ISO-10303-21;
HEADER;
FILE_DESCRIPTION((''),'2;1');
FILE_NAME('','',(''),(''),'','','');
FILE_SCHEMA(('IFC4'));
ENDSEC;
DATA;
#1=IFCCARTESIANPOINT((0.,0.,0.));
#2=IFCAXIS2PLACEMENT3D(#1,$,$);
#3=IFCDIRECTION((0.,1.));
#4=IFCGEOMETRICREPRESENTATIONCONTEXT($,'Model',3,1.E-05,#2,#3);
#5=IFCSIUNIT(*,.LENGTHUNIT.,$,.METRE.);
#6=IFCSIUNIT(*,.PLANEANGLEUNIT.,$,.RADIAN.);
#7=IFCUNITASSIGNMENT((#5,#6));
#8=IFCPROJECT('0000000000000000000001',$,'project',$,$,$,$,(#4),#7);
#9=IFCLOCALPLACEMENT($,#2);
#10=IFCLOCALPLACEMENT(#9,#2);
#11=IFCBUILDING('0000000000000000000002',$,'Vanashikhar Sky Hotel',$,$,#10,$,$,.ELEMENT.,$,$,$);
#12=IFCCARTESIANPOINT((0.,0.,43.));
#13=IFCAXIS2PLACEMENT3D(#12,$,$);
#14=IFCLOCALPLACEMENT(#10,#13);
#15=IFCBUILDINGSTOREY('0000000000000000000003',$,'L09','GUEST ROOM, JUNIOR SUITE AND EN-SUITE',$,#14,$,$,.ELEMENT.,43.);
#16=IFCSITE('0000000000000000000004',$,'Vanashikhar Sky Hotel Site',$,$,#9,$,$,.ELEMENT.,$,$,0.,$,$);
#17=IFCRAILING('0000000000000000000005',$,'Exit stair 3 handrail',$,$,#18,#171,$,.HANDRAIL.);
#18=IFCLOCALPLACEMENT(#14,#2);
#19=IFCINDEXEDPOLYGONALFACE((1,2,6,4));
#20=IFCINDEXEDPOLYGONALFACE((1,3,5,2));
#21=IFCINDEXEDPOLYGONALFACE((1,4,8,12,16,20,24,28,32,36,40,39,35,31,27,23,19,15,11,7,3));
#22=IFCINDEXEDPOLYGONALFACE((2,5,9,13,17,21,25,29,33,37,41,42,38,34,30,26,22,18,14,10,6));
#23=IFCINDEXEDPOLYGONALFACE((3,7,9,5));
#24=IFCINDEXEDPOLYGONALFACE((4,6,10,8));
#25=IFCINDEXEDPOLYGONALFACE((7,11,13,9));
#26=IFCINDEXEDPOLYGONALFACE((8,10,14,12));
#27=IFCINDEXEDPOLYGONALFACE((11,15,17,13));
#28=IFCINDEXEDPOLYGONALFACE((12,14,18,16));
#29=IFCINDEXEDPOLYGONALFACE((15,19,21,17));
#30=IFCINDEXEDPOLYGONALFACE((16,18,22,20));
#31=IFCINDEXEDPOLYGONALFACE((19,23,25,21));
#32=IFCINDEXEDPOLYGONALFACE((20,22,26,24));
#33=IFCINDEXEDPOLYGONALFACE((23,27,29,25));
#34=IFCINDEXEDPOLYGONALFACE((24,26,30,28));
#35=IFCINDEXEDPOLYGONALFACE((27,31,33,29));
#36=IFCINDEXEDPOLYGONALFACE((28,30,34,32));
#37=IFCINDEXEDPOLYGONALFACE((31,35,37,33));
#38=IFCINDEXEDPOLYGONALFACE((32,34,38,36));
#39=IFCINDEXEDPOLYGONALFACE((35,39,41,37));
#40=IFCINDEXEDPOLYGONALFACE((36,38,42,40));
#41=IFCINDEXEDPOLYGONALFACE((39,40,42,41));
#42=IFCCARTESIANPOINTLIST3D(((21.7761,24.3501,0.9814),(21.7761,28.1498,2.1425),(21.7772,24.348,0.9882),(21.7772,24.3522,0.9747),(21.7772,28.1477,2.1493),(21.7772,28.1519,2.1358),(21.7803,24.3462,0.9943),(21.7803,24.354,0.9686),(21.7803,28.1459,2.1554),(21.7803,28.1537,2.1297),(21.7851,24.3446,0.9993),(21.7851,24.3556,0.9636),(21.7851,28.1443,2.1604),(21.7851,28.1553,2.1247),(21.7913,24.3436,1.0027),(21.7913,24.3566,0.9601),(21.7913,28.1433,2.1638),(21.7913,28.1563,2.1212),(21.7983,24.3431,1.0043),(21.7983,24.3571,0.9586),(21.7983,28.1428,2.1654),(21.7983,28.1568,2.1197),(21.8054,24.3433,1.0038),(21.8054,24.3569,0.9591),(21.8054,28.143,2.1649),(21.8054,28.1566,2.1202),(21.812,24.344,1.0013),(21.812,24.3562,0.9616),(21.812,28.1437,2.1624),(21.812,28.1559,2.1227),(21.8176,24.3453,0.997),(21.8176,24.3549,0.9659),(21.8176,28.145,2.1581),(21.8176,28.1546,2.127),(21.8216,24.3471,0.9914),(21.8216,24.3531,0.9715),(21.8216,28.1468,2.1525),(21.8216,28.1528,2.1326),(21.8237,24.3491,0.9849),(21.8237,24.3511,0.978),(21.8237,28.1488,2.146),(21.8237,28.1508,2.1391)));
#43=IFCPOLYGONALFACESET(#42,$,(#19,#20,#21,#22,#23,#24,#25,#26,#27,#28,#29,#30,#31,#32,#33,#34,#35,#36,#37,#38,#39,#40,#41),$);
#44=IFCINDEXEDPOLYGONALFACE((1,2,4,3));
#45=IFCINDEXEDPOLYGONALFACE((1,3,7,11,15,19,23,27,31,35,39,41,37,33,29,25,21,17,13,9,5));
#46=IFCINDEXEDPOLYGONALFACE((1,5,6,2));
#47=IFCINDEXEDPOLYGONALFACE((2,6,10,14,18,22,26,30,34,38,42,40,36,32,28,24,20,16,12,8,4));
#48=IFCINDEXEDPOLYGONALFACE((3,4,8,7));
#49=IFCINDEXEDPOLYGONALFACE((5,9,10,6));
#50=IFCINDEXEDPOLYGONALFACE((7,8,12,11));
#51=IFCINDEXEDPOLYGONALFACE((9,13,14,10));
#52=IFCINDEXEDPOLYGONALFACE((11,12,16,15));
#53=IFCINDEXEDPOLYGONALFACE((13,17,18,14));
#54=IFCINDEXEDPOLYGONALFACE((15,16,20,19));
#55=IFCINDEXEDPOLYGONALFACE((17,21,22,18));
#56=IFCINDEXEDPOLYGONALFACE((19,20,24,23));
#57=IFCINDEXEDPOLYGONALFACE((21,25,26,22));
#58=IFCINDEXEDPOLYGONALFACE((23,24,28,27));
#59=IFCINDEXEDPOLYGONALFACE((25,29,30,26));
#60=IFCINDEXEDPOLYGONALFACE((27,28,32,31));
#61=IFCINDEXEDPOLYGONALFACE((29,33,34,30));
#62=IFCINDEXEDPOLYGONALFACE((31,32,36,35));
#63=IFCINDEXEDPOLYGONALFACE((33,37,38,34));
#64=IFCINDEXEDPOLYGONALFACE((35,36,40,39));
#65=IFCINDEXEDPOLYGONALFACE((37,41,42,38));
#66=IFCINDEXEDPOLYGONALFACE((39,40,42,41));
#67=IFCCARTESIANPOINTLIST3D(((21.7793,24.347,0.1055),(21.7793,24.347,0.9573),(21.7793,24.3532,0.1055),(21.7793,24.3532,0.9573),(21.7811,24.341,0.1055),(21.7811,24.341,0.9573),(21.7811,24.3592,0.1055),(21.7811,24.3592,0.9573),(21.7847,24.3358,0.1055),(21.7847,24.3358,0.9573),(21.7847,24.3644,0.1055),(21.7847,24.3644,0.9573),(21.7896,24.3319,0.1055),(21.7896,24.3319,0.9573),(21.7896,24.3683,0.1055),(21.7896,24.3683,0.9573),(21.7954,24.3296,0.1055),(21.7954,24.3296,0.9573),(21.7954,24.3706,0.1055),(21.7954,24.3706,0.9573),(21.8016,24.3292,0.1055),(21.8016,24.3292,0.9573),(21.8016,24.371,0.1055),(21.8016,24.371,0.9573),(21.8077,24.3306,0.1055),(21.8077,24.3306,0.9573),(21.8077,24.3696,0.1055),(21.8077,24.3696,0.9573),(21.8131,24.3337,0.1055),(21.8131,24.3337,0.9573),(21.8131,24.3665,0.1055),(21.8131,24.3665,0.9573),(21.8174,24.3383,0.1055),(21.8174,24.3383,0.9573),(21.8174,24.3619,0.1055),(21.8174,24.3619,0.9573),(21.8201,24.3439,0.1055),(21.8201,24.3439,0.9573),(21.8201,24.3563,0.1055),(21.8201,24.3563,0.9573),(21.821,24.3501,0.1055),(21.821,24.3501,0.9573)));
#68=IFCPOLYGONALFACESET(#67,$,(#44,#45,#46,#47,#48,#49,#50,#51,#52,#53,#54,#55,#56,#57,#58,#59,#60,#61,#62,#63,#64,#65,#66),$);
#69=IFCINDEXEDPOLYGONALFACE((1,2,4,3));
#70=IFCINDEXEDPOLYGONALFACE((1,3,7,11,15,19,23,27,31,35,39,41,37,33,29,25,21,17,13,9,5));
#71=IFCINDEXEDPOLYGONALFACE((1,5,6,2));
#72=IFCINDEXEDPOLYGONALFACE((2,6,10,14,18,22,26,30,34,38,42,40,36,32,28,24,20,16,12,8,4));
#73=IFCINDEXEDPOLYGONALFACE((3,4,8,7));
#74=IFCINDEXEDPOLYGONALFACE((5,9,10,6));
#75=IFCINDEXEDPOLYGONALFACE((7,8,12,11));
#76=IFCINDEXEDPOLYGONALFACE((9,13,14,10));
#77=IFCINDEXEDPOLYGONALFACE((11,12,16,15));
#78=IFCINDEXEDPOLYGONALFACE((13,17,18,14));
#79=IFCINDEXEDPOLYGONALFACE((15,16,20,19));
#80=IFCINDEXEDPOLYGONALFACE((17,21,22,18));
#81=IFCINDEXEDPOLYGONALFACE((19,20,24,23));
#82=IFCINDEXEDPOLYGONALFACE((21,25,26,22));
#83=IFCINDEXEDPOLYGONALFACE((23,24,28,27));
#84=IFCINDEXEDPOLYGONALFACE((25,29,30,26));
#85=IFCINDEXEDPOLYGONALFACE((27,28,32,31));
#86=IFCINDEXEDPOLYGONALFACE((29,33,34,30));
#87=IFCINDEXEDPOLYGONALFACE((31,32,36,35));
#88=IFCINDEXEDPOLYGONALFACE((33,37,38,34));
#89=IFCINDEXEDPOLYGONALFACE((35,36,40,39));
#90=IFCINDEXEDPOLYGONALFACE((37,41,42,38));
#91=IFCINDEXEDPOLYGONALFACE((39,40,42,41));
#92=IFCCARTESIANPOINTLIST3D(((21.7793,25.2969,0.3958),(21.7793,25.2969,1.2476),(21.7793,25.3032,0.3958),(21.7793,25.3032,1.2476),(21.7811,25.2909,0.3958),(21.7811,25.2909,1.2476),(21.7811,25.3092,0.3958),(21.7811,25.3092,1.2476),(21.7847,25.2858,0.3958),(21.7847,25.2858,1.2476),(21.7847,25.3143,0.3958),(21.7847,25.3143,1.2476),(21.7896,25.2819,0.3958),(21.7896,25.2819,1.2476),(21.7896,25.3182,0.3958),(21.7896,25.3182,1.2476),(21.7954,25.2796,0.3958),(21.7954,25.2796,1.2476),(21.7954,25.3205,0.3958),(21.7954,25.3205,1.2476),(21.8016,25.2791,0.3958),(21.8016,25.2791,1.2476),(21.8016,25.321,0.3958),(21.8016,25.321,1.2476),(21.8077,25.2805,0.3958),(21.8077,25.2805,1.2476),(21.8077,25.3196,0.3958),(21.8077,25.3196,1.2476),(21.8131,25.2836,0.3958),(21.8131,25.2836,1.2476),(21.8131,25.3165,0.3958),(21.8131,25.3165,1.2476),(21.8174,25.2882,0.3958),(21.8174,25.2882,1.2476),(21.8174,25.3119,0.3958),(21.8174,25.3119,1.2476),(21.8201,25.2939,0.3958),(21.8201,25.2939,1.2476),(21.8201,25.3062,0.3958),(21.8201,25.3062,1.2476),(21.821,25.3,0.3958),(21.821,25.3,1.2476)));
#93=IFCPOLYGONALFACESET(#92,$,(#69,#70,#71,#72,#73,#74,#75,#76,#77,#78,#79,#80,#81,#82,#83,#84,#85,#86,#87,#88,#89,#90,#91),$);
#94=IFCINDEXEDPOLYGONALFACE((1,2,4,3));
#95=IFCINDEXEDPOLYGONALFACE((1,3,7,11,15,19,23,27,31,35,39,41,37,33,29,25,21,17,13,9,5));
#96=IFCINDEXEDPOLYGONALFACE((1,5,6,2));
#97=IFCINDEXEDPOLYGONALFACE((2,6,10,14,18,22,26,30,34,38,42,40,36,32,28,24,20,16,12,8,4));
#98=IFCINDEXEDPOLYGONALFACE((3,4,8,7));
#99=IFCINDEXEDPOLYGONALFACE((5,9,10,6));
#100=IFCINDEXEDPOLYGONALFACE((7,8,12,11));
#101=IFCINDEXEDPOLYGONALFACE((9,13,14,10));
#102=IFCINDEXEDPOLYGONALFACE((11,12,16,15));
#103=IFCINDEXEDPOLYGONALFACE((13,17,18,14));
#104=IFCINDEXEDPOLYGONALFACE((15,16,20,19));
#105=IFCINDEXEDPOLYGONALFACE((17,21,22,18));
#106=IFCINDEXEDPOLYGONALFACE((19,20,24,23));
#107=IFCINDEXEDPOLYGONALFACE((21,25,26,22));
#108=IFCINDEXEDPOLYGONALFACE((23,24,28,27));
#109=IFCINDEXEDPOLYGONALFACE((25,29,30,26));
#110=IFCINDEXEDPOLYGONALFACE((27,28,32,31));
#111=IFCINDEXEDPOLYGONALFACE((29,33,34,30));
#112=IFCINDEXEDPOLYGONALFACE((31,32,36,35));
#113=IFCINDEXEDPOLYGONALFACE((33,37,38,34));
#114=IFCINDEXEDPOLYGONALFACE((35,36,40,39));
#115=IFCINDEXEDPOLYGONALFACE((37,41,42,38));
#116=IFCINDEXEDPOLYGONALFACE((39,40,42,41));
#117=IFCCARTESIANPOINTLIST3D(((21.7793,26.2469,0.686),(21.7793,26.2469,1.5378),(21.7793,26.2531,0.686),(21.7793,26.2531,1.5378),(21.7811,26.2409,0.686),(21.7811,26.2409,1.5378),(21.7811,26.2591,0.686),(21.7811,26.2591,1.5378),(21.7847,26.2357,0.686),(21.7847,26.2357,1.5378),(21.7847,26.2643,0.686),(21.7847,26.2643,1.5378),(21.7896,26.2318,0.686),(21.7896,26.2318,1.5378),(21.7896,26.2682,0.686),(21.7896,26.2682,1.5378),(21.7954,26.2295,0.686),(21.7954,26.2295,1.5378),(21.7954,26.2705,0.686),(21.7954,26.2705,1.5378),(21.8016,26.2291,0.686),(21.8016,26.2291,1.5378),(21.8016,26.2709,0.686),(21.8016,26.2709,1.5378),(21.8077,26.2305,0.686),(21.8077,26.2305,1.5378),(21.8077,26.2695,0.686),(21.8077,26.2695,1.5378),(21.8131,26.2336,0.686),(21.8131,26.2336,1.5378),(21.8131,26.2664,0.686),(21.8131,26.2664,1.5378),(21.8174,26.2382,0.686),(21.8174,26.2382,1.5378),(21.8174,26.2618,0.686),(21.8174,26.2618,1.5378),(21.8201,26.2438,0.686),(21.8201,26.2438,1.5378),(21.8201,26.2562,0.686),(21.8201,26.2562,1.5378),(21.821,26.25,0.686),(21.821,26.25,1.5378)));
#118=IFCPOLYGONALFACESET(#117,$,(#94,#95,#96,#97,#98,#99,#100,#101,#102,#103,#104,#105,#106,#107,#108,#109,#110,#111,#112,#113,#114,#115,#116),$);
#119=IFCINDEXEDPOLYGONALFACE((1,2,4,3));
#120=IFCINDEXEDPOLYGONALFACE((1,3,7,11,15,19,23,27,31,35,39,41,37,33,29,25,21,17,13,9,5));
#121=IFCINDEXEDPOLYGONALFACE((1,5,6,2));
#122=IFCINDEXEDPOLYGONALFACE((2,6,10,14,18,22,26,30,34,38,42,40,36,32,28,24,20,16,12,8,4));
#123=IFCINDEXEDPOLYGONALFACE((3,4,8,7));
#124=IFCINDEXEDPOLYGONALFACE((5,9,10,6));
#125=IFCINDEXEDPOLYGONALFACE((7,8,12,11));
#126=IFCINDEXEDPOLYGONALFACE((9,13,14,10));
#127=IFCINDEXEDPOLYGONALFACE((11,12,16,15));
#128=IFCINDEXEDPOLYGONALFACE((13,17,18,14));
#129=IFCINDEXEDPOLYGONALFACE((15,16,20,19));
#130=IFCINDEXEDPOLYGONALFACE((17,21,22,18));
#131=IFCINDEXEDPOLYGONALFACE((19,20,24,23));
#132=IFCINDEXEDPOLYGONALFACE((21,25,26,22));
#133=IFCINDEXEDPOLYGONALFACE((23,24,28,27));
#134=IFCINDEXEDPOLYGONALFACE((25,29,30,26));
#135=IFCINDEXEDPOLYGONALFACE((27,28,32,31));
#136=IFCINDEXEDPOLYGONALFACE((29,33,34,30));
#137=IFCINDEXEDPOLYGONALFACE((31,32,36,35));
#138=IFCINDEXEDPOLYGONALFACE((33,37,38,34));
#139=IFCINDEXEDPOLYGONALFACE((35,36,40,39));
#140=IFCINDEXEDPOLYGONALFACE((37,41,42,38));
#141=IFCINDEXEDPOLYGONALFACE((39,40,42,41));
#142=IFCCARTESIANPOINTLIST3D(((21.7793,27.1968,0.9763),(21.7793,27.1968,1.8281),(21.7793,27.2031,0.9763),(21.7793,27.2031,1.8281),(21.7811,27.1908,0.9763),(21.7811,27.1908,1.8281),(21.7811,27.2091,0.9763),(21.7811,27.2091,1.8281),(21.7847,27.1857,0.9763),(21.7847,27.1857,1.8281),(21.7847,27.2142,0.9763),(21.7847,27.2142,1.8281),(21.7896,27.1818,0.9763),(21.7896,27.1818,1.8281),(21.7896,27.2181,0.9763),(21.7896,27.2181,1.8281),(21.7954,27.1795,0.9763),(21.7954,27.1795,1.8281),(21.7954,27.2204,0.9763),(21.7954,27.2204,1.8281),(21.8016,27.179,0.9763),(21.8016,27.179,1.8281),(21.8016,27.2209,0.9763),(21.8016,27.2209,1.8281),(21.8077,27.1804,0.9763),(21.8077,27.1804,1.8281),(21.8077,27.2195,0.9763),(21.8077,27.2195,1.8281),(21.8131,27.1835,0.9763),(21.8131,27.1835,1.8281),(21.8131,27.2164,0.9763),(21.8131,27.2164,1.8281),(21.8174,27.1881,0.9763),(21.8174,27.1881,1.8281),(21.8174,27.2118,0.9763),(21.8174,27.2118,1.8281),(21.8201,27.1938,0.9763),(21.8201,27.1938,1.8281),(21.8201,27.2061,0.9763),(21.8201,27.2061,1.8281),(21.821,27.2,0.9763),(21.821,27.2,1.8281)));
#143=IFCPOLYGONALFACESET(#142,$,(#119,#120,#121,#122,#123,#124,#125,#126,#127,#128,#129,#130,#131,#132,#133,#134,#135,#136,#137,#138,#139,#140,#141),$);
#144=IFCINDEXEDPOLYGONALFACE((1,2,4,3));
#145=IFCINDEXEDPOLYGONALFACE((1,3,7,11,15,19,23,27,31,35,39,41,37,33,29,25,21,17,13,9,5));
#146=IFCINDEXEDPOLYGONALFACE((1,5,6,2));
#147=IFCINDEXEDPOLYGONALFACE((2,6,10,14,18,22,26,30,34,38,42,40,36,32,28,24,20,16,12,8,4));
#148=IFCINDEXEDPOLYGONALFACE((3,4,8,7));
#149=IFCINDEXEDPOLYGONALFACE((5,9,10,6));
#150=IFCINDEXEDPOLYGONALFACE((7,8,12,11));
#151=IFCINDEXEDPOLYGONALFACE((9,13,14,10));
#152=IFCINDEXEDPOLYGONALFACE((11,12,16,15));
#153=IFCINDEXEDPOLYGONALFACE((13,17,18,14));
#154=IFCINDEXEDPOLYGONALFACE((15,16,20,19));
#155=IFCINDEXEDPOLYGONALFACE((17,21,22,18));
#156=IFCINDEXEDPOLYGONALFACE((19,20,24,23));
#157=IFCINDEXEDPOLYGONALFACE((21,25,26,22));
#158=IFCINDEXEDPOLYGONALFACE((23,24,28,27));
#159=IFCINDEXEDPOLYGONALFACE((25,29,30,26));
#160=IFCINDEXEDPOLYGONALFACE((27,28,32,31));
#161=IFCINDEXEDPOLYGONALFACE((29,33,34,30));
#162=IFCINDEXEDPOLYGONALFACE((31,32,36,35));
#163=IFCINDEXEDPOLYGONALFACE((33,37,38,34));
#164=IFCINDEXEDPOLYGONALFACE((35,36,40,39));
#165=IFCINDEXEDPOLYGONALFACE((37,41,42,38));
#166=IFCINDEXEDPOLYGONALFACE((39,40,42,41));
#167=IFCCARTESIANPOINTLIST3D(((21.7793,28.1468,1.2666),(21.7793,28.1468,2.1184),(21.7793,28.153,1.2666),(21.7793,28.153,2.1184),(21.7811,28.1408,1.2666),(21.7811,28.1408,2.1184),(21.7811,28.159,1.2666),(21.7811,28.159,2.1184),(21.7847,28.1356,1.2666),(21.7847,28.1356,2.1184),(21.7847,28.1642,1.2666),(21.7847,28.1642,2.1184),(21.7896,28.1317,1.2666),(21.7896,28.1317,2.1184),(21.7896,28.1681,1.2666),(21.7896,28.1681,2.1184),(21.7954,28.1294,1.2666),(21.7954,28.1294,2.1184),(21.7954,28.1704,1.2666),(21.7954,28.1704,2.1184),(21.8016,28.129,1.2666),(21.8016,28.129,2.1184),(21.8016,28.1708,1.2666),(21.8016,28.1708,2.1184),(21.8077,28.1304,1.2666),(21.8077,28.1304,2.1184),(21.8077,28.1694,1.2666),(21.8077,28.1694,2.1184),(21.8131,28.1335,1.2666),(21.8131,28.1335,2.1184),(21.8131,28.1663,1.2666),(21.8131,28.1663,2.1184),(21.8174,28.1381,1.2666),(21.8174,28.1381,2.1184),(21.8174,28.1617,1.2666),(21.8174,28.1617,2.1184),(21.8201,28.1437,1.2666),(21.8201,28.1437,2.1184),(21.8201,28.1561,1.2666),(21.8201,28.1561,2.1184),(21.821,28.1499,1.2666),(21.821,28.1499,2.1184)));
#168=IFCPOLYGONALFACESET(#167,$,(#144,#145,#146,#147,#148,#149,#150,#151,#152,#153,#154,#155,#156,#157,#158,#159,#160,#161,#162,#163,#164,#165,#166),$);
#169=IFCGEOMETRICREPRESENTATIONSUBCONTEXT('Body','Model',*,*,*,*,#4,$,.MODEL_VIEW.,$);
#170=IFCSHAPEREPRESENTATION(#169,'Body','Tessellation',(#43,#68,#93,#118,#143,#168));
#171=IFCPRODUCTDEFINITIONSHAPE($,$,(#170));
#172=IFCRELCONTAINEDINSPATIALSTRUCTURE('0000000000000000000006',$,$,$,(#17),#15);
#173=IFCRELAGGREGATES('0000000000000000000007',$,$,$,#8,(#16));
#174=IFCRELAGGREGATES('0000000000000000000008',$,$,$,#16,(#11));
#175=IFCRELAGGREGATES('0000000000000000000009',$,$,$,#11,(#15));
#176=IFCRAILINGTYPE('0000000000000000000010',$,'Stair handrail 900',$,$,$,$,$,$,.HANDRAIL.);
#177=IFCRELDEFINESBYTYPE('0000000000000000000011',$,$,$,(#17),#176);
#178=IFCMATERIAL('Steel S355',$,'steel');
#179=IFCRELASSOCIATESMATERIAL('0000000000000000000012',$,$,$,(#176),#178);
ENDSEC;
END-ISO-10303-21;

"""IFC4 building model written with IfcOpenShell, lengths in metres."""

from ifc_helpers import new_model, si_unit, direction, frame, origin, origin_2d, place, context, subcontext, project, spatial, circle, extrude, source, transform, mapped, material, type_object, element, save


model = new_model("IFC4")

# Units and contexts
model_context = context("Model", 3, precision=1e-05, world=origin(), true_north=direction((0.0, 1.0)))
body_context = subcontext(model_context, "Body", "Model", "MODEL_VIEW")
ifc_project = project(units=[si_unit("LENGTHUNIT", "METRE"), si_unit("PLANEANGLEUNIT", "RADIAN")], contexts=[model_context])

# Site, building, storey
site_placement = place(None, origin())
site = spatial("IfcSite", under=ifc_project, at=site_placement, Name="Vanashikhar Sky Hotel Site", CompositionType="ELEMENT", RefElevation=0.0)
building_placement = place(site_placement, origin())
building = spatial("IfcBuilding", under=site, at=building_placement, Name="Vanashikhar Sky Hotel", CompositionType="ELEMENT")
storey_placement = place(building_placement, frame((0.0, 0.0, 43.0)))
storey = spatial("IfcBuildingStorey", under=building, at=storey_placement, Name="L09", Description="GUEST ROOM, JUNIOR SUITE AND EN-SUITE", CompositionType="ELEMENT", Elevation=43.0)

# Railing
ifc_material_1 = material(Name="Steel S355", Category="steel")
railing_type_1 = type_object("IfcRailingType", Name="Stair handrail 900", PredefinedType="HANDRAIL", material=ifc_material_1)
shared_shape_1 = source(origin(), body_context, "Body", "SweptSolid", [
    extrude(circle(Radius=0.0239, at=origin_2d()), frame((0.0, 0.0, 0.876), z_axis=(0.0, 0.956346, 0.292237), x_axis=(-1.0, 0.0, 0.0)), (0.0, 0.0, 1.0), 3.9731),
    extrude(circle(Radius=0.021, at=origin_2d()), origin(), (0.0, 0.0, 1.0), 0.8518),
    extrude(circle(Radius=0.021, at=origin_2d()), frame((0.0, 0.95, 0.2903)), (0.0, 0.0, 1.0), 0.8518),
    extrude(circle(Radius=0.021, at=origin_2d()), frame((0.0, 1.8999, 0.5806)), (0.0, 0.0, 1.0), 0.8518),
    extrude(circle(Radius=0.021, at=origin_2d()), frame((0.0, 2.8499, 0.8708)), (0.0, 0.0, 1.0), 0.8518),
    extrude(circle(Radius=0.021, at=origin_2d()), frame((0.0, 3.7998, 1.1611)), (0.0, 0.0, 1.0), 0.8518),
])
for number, where, name in (
    (1, (21.8, 24.3501, 0.1055), "Exit stair 3 handrail"),
):
    element("IfcRailing", number, at=place(storey_placement, frame(where)), inside=storey, type_object=railing_type_1, Name=name, PredefinedType="HANDRAIL", context=body_context, shape_type="MappedRepresentation", body=[
        mapped(shared_shape_1, transform((0.0, 0.0, 0.0), scale=1.0)),
    ])

save(model, "model.ifc")
